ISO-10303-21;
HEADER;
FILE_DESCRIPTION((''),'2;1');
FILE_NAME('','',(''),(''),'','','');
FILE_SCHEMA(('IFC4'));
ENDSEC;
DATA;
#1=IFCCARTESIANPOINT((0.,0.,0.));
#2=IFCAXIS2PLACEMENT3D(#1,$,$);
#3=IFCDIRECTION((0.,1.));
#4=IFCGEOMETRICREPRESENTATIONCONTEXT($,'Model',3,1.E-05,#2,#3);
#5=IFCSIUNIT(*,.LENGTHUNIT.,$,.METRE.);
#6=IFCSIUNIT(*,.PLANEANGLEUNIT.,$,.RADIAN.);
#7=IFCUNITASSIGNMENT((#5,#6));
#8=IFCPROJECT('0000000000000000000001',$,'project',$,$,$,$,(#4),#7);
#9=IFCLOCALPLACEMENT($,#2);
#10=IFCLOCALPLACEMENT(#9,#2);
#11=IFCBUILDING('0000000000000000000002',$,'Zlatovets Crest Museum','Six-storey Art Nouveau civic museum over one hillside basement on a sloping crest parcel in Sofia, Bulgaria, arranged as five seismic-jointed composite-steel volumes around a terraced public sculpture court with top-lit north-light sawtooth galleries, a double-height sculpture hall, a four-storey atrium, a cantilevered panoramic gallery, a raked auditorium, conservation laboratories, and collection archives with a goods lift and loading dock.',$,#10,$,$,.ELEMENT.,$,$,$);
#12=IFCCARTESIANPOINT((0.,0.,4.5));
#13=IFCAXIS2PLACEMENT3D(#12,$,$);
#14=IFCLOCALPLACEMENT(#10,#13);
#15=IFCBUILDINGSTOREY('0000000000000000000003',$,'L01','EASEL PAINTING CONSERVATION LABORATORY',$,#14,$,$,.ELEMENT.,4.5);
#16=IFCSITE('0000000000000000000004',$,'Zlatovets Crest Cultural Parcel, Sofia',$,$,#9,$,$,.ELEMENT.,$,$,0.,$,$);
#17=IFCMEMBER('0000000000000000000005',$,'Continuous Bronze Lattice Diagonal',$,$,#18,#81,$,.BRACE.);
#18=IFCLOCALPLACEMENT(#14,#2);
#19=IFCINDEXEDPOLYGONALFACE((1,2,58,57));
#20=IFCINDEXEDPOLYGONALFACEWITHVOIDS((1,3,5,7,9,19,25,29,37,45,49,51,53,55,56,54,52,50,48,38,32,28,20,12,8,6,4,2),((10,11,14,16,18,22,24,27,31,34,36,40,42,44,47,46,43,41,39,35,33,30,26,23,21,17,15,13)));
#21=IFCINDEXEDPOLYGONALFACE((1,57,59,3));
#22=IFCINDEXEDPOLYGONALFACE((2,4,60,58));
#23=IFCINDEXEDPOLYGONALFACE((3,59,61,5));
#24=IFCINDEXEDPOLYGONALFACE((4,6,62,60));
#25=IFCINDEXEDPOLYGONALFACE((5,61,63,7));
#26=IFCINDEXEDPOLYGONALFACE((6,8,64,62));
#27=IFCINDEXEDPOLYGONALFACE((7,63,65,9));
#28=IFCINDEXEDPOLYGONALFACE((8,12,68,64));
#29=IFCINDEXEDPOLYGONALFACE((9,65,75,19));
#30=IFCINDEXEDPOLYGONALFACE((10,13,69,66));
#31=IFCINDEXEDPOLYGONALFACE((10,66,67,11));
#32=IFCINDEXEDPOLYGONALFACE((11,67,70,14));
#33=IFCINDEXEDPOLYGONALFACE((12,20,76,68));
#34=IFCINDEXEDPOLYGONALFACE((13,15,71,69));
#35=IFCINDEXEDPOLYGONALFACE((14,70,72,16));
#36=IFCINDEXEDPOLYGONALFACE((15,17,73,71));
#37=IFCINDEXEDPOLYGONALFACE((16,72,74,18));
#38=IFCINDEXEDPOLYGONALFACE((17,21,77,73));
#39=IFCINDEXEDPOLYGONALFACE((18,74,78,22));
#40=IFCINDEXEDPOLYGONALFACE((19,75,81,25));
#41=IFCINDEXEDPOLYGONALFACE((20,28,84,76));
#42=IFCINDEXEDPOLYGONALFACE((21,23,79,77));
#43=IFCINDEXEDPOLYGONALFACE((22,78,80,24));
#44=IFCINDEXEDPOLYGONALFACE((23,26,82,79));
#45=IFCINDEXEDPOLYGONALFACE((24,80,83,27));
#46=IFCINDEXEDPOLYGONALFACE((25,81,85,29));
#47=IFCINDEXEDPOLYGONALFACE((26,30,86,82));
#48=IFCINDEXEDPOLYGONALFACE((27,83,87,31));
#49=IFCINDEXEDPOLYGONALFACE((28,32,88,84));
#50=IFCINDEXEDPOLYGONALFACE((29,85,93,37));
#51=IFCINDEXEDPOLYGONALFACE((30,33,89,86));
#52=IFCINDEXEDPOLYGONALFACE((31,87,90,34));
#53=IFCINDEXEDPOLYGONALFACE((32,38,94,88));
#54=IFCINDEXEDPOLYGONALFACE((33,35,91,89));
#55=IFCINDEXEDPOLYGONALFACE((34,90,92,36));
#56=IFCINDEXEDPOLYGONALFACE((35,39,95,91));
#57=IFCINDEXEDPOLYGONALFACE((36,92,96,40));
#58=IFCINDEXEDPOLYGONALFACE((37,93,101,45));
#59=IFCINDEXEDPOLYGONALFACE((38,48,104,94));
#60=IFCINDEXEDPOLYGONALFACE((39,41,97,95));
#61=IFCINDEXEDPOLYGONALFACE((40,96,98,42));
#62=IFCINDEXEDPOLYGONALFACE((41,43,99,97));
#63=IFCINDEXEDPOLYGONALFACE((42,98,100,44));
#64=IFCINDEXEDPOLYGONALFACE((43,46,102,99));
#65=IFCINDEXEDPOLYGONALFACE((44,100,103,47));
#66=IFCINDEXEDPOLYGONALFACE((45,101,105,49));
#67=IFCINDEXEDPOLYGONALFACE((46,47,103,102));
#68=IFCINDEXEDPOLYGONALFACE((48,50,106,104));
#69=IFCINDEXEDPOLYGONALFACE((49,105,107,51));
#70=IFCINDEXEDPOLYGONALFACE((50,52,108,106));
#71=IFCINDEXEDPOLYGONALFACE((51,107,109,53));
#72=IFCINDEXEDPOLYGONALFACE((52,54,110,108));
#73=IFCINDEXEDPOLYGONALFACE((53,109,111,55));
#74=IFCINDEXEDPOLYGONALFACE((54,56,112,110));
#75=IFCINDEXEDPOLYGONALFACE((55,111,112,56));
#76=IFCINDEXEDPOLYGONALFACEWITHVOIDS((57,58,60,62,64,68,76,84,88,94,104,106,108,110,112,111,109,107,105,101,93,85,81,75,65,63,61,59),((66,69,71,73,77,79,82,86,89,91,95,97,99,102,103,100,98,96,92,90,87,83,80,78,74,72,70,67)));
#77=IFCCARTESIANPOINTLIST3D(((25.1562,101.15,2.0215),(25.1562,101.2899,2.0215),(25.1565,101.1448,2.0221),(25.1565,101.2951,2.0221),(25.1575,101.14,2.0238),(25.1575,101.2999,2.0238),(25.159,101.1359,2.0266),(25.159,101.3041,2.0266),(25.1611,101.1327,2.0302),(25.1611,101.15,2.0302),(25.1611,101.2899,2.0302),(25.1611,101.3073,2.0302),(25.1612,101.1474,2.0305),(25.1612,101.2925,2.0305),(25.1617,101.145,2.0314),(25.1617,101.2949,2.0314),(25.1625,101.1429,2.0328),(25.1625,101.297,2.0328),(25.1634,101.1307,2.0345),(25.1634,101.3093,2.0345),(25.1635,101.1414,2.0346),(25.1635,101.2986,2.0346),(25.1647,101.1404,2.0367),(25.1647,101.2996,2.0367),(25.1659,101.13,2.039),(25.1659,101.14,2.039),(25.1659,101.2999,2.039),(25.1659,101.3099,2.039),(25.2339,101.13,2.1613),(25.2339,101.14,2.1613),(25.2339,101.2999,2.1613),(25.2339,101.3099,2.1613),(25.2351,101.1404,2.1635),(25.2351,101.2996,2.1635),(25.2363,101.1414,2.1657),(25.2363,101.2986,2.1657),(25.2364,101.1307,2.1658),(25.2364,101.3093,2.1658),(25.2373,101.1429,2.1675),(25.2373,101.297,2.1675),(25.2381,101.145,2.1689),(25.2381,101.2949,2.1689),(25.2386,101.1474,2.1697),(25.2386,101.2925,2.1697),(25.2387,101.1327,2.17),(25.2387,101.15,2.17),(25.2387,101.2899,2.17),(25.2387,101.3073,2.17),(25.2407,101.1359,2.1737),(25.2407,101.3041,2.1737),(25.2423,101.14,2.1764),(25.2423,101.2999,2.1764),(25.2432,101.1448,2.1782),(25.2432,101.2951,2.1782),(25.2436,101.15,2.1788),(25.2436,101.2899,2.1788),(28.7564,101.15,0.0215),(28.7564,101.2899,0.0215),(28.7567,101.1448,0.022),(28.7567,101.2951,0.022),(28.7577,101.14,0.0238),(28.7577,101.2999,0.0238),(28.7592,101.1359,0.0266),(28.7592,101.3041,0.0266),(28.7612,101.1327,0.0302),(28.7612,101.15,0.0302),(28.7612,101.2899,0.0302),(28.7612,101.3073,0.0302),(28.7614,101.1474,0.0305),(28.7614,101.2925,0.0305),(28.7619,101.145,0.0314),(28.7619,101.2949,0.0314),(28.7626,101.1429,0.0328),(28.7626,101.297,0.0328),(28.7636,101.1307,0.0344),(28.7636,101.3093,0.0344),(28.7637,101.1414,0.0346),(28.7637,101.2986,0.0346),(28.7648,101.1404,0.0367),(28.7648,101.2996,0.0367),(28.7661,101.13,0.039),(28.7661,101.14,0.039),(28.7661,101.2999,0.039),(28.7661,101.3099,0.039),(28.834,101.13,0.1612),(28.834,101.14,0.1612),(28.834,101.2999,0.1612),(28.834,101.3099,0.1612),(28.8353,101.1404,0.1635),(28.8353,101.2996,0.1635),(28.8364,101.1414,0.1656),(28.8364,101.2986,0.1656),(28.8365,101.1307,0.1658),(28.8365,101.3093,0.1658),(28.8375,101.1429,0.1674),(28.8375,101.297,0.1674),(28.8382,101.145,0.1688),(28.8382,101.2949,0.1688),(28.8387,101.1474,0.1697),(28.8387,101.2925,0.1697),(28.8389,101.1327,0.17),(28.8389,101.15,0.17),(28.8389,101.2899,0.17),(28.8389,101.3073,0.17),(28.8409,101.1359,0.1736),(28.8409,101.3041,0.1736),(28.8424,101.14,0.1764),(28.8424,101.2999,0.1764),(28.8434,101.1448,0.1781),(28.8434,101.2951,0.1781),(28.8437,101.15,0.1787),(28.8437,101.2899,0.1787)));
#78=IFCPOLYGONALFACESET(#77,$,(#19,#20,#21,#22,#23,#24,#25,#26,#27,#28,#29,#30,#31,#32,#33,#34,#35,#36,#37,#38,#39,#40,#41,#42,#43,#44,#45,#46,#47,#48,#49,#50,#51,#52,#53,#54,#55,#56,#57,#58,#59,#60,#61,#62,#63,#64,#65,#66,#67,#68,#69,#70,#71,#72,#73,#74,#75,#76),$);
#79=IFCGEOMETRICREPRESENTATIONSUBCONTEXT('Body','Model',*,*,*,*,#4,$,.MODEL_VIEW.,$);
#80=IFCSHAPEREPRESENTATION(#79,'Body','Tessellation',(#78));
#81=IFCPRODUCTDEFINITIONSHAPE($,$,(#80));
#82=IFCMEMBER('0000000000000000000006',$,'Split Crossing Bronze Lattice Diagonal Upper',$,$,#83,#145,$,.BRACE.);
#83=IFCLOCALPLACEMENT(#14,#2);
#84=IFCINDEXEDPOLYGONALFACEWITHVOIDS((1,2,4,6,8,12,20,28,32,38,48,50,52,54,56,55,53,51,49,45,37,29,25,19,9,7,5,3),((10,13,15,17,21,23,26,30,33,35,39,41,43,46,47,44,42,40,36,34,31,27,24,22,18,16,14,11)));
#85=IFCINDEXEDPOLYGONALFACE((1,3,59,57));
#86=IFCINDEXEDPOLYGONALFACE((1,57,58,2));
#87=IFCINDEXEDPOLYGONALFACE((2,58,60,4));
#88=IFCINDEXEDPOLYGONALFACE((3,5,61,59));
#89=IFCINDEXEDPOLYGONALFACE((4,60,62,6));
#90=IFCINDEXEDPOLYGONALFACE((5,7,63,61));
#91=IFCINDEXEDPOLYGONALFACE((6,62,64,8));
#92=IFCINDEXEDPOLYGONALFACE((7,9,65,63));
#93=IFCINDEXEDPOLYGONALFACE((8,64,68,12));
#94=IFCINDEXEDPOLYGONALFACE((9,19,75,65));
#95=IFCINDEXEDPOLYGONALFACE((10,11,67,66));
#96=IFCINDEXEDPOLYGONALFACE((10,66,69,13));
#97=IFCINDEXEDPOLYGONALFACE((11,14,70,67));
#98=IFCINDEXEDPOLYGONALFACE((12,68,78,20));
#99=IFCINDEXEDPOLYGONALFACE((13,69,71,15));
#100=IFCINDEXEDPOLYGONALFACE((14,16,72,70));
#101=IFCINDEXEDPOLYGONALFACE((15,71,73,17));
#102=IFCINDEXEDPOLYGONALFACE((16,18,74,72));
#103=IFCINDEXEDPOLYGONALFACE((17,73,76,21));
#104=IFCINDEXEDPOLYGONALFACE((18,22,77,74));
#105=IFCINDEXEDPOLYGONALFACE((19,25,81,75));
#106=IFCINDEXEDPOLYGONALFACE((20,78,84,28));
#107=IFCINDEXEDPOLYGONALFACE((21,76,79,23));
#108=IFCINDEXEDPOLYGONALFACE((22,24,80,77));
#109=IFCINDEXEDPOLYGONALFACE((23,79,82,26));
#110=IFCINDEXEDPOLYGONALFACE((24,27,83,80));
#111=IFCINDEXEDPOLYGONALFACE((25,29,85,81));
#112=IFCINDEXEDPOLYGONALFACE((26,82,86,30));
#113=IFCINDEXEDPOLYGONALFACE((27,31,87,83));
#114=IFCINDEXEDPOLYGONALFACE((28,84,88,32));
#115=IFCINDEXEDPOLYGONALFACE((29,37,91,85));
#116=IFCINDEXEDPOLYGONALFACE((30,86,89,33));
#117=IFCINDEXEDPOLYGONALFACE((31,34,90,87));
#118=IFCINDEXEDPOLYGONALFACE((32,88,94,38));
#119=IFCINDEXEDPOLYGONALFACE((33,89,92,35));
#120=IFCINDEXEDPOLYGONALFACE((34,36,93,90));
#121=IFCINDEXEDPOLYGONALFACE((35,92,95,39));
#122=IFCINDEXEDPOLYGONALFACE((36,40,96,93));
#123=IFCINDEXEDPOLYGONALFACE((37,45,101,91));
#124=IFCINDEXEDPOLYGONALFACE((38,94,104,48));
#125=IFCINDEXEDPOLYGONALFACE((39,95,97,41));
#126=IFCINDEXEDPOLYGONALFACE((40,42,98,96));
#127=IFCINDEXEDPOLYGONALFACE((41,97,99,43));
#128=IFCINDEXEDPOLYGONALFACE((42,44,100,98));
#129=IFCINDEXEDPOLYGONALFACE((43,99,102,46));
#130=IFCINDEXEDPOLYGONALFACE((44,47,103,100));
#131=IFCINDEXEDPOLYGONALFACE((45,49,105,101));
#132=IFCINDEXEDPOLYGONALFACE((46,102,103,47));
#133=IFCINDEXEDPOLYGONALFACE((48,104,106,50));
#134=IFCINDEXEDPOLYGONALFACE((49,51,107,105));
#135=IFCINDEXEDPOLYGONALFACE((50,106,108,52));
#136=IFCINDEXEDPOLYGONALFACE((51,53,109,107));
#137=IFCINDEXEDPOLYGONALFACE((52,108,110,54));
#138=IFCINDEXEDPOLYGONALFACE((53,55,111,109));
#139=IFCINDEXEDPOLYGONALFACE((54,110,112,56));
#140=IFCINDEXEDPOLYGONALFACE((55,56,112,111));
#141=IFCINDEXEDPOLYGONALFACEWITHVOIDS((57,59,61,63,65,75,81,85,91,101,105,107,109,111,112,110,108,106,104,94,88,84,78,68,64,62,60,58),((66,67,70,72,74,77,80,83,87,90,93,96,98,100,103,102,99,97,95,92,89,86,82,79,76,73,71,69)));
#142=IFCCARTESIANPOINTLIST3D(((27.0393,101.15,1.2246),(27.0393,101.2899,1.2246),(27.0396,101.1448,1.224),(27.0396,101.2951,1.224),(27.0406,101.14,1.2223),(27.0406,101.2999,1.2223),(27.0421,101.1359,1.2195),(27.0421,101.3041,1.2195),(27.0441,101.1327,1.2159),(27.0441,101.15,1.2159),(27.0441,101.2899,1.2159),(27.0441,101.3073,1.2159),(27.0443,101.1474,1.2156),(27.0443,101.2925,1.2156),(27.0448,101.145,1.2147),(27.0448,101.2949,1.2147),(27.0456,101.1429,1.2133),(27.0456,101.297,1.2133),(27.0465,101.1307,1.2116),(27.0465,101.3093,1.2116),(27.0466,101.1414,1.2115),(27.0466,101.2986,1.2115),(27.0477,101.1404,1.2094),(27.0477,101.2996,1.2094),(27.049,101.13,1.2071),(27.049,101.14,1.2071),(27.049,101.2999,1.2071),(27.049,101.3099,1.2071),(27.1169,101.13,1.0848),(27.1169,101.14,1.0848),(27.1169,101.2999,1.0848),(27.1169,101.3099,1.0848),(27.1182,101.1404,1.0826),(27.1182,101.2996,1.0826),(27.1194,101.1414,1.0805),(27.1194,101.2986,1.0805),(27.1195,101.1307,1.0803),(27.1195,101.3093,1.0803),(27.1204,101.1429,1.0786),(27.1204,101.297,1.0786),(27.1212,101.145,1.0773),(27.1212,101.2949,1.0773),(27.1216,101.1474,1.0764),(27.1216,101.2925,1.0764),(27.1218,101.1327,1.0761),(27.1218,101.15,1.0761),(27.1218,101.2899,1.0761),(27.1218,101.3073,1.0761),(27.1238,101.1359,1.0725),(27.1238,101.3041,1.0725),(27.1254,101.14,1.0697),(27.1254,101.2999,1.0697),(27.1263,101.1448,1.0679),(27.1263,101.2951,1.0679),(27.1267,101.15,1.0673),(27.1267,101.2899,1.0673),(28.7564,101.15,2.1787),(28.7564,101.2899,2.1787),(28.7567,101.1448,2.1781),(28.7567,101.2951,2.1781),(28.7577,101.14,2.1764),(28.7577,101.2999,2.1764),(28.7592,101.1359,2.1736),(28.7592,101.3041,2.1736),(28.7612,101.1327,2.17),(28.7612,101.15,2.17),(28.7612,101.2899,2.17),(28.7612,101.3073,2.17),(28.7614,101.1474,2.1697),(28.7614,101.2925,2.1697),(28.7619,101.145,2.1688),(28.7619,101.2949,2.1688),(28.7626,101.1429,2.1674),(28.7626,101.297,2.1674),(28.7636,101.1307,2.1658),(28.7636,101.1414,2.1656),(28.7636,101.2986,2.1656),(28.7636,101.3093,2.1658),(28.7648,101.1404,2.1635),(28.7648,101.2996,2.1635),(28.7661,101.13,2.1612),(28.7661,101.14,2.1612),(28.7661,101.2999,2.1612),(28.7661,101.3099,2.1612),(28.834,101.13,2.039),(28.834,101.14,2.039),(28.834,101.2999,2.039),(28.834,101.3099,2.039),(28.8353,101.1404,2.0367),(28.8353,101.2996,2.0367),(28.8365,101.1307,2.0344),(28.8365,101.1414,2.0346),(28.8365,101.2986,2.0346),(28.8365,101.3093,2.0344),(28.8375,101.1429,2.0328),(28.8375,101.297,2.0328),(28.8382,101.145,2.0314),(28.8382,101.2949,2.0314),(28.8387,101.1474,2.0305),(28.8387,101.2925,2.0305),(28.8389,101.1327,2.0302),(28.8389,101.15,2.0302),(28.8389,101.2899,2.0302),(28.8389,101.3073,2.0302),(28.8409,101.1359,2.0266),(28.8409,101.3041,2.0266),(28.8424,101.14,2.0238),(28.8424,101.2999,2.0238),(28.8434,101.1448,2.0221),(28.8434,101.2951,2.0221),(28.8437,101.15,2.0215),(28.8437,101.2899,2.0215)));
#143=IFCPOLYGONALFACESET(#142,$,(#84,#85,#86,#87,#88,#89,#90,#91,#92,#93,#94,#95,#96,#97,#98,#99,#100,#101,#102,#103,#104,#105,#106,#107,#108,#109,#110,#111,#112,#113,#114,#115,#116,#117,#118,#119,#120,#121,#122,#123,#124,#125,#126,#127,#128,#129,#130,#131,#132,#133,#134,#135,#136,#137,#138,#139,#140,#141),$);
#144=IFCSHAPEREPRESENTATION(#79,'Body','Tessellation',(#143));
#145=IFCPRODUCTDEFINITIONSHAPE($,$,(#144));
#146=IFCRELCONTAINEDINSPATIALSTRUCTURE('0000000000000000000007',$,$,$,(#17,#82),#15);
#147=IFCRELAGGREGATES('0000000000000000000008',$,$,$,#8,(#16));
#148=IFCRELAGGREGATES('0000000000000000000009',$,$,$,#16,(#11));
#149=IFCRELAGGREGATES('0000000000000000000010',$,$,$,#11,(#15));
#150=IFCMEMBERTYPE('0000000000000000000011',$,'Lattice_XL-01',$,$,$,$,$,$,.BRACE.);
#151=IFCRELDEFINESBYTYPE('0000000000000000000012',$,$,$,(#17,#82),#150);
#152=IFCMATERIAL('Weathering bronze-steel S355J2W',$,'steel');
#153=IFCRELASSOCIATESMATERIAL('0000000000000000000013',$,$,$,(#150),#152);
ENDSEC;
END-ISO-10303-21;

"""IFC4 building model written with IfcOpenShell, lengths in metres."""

from ifc_helpers import new_model, si_unit, direction, frame, origin, origin_2d, place, context, subcontext, project, spatial, hollow_rectangle, extrude, material, material_profile, profile_set, type_object, element, save


model = new_model("IFC4")

# Units and contexts
model_context = context("Model", 3, precision=1e-05, world=origin(), true_north=direction((0.0, 1.0)))
body_context = subcontext(model_context, "Body", "Model", "MODEL_VIEW")
ifc_project = project(units=[si_unit("LENGTHUNIT", "METRE"), si_unit("PLANEANGLEUNIT", "RADIAN")], contexts=[model_context])

# Site, building, storey
site_placement = place(None, origin())
site = spatial("IfcSite", under=ifc_project, at=site_placement, Name="Zlatovets Crest Cultural Parcel, Sofia", CompositionType="ELEMENT", RefElevation=0.0)
building_placement = place(site_placement, origin())
building = spatial("IfcBuilding", under=site, at=building_placement, Name="Zlatovets Crest Museum", Description="Six-storey Art Nouveau civic museum over one hillside basement on a sloping crest parcel in Sofia, Bulgaria, arranged as five seismic-jointed composite-steel volumes around a terraced public sculpture court with top-lit north-light sawtooth galleries, a double-height sculpture hall, a four-storey atrium, a cantilevered panoramic gallery, a raked auditorium, conservation laboratories, and collection archives with a goods lift and loading dock.", CompositionType="ELEMENT")
storey_placement = place(building_placement, frame((0.0, 0.0, 4.5)))
storey = spatial("IfcBuildingStorey", under=building, at=storey_placement, Name="L01", Description="EASEL PAINTING CONSERVATION LABORATORY", CompositionType="ELEMENT", Elevation=4.5)

# Members
ifc_material_1 = material(Name="Weathering bronze-steel S355J2W", Category="steel")
ifc_material_profile_1 = material_profile(ifc_material_1, hollow_rectangle(XDim=0.1799, YDim=0.1799, WallThickness=0.01, InnerFilletRadius=0.01, OuterFilletRadius=0.02, at=origin_2d()), Name="SHS 180x180x10.0")
ifc_profile_set_1 = profile_set([ifc_material_profile_1], Name="Weathering bronze-steel S355J2W")
member_type_1 = type_object("IfcMemberType", Name="Lattice_XL-01", PredefinedType="BRACE", material=ifc_profile_set_1)
member_1_placement = place(storey_placement, frame((28.8, 101.22, 0.1001), z_axis=(-0.874163, 0.0, 0.485633), x_axis=(0.0, -1.0, 0.0)))
element("IfcMember", 1, at=member_1_placement, inside=storey, type_object=member_type_1, Name="Continuous Bronze Lattice Diagonal", PredefinedType="BRACE", context=body_context, shape_type="SweptSolid", body=[
    extrude(hollow_rectangle(XDim=0.1799, YDim=0.1799, WallThickness=0.01, InnerFilletRadius=0.01, OuterFilletRadius=0.02, at=origin_2d()), origin(), (0.0, 0.0, 1.0), 4.1184),
])
member_2_placement = place(storey_placement, frame((28.8, 101.22, 2.1001), z_axis=(-0.874116, 0.0, -0.485717), x_axis=(0.0, -1.0, 0.0)))
element("IfcMember", 2, at=member_2_placement, inside=storey, type_object=member_type_1, Name="Split Crossing Bronze Lattice Diagonal Upper", PredefinedType="BRACE", context=body_context, shape_type="SweptSolid", body=[
    extrude(hollow_rectangle(XDim=0.1799, YDim=0.1799, WallThickness=0.01, InnerFilletRadius=0.01, OuterFilletRadius=0.02, at=origin_2d()), origin(), (0.0, 0.0, 1.0), 1.9644),
])

save(model, "model.ifc")
